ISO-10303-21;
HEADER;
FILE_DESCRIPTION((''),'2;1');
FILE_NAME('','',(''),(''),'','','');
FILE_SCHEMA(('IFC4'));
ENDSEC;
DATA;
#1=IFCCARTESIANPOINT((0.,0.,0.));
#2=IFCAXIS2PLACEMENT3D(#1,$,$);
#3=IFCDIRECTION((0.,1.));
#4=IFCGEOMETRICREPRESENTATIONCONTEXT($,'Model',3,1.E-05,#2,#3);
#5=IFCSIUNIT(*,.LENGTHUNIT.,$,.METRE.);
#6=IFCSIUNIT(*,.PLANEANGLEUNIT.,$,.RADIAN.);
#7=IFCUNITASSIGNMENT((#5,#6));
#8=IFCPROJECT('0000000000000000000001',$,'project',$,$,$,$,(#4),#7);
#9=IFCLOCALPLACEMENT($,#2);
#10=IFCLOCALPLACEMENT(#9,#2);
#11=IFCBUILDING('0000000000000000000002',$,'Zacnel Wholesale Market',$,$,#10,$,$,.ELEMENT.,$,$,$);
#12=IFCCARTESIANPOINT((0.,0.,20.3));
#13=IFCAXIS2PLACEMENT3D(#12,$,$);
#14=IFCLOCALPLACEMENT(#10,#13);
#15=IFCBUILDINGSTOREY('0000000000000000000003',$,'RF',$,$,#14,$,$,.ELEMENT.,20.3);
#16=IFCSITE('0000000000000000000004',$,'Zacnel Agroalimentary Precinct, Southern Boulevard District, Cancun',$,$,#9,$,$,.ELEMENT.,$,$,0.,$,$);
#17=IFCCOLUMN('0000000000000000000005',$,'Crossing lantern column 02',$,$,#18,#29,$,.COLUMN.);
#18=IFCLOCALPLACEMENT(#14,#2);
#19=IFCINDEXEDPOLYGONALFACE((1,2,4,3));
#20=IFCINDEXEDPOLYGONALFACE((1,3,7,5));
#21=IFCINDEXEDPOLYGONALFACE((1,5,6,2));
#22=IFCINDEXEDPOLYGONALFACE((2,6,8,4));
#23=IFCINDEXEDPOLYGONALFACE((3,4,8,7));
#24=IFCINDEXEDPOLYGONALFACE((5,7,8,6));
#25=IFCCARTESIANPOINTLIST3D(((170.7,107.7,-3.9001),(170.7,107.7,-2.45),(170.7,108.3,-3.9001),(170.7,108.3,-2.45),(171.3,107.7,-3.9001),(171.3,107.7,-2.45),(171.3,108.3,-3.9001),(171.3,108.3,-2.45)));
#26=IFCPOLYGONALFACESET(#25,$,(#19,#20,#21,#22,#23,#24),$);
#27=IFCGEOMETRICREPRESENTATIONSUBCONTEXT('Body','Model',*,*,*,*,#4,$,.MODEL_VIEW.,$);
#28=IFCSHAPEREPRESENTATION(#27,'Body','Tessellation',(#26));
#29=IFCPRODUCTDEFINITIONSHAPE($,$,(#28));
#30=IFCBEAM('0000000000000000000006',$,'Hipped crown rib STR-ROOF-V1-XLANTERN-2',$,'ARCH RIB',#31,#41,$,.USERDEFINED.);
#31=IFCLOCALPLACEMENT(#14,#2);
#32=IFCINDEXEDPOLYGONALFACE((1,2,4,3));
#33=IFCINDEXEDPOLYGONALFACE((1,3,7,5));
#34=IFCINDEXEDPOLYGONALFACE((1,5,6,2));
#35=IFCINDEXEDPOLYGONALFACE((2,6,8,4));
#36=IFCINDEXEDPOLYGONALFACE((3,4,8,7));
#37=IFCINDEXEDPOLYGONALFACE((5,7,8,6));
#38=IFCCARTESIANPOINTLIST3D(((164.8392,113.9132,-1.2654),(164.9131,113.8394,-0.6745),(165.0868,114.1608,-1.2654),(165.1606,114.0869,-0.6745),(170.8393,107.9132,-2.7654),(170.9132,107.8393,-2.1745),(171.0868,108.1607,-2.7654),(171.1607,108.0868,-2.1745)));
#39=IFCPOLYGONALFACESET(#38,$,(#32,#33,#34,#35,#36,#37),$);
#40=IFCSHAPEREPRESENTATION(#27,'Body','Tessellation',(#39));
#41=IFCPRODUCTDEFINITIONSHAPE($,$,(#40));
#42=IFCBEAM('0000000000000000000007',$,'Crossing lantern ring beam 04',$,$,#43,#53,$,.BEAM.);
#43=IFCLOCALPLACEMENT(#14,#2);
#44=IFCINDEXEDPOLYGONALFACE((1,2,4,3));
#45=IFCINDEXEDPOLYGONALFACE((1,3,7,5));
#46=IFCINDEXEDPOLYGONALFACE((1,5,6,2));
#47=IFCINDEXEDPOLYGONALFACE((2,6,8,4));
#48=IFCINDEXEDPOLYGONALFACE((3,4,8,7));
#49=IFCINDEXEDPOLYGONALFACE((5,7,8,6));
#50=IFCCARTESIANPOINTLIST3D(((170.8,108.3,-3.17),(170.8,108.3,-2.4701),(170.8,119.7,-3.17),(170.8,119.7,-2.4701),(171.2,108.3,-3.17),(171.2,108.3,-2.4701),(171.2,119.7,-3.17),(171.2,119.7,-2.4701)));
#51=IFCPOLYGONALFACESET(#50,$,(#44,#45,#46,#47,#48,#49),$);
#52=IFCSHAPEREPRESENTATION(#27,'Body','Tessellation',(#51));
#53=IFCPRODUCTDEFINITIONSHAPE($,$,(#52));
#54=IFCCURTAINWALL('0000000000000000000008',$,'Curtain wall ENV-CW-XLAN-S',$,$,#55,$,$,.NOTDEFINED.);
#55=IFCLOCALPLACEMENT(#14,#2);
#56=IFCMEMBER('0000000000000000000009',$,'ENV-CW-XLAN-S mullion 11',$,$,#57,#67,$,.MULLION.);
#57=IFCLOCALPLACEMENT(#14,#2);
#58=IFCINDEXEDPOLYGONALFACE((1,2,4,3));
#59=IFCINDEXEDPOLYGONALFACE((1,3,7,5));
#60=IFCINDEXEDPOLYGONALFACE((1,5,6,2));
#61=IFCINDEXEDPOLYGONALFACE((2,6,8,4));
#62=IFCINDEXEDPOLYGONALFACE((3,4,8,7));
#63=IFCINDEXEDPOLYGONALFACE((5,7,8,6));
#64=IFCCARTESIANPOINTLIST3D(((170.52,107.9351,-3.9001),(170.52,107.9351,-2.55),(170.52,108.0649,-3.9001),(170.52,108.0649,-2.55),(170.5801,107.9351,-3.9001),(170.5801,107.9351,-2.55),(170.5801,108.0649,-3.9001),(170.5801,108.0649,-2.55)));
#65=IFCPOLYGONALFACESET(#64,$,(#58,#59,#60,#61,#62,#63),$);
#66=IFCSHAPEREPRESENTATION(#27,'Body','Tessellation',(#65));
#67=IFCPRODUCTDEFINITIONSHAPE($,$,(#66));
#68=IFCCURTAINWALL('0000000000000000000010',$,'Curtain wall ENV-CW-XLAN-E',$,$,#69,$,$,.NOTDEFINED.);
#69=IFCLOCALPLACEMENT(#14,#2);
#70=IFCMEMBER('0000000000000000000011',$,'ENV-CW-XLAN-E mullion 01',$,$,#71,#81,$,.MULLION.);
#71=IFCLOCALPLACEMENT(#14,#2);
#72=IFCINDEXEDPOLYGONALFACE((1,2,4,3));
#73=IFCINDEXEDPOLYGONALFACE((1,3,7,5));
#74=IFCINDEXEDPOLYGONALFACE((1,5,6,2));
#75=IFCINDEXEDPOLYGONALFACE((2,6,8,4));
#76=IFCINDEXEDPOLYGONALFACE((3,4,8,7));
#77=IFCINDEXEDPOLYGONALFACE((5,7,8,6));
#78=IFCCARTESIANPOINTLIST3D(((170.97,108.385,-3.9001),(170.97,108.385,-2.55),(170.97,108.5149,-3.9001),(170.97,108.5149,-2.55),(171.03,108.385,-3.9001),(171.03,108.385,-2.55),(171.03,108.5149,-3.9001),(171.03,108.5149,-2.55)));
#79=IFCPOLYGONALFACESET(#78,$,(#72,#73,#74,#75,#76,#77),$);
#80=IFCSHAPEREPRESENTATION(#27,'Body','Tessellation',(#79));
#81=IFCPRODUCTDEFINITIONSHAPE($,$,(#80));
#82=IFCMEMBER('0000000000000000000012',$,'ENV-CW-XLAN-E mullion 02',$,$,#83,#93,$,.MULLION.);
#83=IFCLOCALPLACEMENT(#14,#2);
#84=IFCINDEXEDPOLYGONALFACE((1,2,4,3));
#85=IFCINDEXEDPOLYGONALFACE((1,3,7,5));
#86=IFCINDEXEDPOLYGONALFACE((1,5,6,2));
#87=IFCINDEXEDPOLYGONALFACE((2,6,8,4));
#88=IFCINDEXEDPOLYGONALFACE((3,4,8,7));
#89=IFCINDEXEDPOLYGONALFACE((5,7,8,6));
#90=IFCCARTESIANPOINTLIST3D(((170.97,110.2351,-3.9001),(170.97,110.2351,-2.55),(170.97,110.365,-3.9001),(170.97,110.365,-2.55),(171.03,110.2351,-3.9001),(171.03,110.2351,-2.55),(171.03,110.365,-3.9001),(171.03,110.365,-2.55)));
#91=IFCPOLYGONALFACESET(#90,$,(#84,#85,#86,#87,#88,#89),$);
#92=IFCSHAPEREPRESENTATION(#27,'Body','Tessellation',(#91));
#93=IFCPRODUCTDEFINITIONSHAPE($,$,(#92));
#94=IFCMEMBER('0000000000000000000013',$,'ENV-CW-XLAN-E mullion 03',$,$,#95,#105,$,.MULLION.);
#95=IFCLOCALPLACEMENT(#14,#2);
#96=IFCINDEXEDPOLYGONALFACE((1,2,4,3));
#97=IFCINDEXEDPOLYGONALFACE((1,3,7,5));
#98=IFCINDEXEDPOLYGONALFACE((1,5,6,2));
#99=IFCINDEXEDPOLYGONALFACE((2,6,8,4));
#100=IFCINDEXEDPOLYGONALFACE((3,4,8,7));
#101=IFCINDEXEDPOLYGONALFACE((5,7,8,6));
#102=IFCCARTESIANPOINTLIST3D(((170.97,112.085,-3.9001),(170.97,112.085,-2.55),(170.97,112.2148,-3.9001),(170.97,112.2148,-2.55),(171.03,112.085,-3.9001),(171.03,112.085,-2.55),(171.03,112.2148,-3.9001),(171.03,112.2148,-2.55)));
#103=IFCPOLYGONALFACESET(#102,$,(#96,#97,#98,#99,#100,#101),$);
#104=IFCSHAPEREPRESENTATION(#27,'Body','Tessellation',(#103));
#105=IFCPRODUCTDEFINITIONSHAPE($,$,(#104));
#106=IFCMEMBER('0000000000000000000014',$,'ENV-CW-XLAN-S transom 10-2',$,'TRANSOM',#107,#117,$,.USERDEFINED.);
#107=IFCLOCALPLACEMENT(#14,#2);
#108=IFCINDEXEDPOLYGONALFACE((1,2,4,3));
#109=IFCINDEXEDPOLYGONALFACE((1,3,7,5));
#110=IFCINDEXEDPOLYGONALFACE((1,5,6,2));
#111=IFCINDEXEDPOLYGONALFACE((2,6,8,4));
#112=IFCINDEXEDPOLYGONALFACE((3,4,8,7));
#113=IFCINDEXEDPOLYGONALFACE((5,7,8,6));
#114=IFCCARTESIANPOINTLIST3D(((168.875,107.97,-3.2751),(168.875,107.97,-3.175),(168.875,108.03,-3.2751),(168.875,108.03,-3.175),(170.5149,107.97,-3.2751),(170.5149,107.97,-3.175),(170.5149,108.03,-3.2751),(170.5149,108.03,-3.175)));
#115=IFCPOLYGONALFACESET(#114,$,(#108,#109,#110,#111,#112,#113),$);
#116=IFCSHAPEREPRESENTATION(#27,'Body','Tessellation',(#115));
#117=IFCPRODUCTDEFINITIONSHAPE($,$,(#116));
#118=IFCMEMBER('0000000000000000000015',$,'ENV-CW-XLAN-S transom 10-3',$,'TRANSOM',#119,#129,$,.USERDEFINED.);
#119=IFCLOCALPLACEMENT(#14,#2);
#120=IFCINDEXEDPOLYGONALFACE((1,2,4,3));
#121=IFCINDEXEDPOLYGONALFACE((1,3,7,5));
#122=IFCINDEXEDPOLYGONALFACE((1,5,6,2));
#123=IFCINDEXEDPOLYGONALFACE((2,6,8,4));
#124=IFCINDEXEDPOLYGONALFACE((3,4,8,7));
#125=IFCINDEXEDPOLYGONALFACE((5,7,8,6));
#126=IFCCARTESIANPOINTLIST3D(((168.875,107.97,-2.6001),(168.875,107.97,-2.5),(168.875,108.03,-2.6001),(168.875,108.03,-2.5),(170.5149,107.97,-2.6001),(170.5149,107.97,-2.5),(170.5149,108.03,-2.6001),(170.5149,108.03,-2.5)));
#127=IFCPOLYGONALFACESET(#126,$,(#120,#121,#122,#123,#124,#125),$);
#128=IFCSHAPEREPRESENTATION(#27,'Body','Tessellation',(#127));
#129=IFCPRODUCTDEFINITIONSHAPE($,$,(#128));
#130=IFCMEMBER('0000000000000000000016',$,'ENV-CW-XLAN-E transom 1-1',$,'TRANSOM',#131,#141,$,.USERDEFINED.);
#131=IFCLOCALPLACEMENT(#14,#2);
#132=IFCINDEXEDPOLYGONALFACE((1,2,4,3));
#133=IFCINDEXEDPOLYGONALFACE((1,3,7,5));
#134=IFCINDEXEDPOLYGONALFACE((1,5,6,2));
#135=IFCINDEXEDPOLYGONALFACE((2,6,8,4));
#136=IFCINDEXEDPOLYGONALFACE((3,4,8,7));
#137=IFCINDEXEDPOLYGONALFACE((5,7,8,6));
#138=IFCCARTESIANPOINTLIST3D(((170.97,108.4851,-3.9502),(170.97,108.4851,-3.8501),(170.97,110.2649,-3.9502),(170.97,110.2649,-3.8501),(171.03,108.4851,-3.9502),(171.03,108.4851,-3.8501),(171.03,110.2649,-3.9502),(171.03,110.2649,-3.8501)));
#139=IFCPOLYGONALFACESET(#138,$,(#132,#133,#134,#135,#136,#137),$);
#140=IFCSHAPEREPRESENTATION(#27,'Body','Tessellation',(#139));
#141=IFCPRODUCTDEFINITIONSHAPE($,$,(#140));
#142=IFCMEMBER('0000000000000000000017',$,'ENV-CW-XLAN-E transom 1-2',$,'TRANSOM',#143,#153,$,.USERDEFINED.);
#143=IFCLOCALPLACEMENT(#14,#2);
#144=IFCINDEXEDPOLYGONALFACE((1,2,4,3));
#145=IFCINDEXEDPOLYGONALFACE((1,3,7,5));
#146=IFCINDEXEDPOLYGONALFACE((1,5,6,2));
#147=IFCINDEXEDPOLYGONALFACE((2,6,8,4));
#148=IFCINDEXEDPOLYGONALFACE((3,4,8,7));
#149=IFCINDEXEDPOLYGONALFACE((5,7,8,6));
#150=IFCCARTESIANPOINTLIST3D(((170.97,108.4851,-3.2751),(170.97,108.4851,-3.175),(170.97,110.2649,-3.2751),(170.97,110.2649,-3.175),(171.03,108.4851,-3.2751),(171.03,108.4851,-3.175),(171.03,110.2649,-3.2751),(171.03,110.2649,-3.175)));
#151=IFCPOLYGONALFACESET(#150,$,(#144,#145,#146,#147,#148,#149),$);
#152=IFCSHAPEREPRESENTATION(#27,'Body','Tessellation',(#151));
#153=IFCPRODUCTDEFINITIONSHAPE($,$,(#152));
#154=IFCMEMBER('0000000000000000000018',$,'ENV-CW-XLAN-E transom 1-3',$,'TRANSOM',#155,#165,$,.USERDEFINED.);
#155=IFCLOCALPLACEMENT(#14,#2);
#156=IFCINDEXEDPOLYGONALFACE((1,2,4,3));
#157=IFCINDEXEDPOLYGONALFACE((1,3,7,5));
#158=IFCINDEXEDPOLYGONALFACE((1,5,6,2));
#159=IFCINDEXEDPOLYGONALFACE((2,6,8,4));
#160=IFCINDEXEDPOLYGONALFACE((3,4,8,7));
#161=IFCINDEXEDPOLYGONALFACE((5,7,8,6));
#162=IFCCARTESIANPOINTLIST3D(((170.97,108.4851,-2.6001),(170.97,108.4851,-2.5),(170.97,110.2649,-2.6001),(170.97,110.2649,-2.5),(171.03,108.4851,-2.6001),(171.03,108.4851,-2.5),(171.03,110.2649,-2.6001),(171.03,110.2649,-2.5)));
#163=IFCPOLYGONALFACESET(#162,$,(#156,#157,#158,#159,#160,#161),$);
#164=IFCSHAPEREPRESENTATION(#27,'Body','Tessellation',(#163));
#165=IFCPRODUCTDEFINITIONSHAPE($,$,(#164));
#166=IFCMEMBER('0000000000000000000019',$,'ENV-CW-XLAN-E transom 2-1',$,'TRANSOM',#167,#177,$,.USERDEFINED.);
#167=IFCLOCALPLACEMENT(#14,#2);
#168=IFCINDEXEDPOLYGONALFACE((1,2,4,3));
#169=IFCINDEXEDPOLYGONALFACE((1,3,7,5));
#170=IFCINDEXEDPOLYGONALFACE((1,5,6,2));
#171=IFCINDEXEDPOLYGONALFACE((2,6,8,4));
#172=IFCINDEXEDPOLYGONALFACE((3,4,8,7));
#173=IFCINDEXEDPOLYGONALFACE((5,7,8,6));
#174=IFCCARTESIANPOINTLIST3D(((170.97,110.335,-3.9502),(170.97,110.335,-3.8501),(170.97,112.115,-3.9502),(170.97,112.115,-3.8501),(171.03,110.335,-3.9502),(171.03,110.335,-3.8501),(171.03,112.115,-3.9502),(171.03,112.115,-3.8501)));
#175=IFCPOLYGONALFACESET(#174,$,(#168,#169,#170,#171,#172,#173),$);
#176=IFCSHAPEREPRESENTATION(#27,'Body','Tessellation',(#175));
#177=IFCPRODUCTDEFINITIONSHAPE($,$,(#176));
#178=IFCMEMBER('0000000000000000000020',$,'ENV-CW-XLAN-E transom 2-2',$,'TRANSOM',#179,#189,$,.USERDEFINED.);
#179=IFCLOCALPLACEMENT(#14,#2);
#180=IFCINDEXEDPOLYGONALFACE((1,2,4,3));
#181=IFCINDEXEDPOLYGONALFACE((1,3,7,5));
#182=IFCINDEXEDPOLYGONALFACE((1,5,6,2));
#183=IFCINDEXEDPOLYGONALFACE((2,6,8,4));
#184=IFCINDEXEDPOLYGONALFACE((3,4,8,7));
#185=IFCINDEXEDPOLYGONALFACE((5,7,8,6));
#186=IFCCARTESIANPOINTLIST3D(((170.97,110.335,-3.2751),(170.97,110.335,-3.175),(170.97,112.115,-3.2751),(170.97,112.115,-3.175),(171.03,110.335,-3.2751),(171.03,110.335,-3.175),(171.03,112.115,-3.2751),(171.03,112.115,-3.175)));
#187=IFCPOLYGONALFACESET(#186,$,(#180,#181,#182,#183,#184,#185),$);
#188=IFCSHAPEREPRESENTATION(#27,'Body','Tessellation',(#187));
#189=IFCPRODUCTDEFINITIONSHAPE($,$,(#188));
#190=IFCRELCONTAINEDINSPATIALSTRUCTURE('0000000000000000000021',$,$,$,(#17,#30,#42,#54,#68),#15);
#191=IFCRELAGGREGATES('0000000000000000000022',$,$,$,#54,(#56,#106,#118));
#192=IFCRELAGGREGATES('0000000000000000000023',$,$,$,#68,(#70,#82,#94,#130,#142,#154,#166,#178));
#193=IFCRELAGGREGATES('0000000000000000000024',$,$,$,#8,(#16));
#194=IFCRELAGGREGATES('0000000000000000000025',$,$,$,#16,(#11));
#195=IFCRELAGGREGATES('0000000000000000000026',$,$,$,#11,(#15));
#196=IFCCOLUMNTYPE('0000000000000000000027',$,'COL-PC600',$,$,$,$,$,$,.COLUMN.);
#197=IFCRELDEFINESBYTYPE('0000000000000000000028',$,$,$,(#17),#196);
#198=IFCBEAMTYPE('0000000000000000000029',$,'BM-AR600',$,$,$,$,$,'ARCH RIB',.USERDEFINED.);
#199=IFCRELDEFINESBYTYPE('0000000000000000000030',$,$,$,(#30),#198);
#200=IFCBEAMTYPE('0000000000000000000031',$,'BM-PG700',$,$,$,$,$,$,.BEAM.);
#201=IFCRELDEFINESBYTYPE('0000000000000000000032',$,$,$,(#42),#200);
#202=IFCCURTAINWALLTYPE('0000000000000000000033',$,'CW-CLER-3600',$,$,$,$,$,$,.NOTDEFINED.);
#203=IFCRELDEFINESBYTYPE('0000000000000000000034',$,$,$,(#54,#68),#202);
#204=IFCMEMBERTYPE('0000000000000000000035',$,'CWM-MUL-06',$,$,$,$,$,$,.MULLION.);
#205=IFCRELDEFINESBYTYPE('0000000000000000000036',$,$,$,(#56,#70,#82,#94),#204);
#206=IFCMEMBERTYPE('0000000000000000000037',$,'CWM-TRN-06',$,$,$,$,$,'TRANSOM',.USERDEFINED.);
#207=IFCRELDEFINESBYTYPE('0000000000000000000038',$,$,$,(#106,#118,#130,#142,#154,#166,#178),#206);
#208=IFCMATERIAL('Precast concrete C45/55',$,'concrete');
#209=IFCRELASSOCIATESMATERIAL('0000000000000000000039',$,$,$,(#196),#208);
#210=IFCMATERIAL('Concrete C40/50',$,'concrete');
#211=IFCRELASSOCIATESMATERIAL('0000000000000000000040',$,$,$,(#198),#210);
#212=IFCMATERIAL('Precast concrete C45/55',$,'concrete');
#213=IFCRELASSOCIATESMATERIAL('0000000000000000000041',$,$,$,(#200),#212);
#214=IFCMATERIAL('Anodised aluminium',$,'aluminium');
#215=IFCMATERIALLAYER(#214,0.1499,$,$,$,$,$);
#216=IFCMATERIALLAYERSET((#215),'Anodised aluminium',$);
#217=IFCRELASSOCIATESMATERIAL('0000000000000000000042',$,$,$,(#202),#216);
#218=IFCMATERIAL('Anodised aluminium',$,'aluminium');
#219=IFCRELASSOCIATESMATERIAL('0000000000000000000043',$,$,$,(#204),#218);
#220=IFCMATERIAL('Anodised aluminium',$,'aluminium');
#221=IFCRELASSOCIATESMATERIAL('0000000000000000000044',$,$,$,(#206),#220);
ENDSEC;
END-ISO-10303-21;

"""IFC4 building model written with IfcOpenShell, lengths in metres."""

from ifc_helpers import new_model, si_unit, direction, frame, origin, origin_2d, place, context, subcontext, project, spatial, rectangle, extrude, material, layer, layer_set, material_profile, profile_set, type_object, element, aggregate, save


model = new_model("IFC4")

# Units and contexts
model_context = context("Model", 3, precision=1e-05, world=origin(), true_north=direction((0.0, 1.0)))
body_context = subcontext(model_context, "Body", "Model", "MODEL_VIEW")
ifc_project = project(units=[si_unit("LENGTHUNIT", "METRE"), si_unit("PLANEANGLEUNIT", "RADIAN")], contexts=[model_context])

# Site, building, storey
site_placement = place(None, origin())
site = spatial("IfcSite", under=ifc_project, at=site_placement, Name="Zacnel Agroalimentary Precinct, Southern Boulevard District, Cancun", CompositionType="ELEMENT", RefElevation=0.0)
building_placement = place(site_placement, origin())
building = spatial("IfcBuilding", under=site, at=building_placement, Name="Zacnel Wholesale Market", CompositionType="ELEMENT")
storey_placement = place(building_placement, frame((0.0, 0.0, 20.3)))
storey = spatial("IfcBuildingStorey", under=building, at=storey_placement, Name="RF", CompositionType="ELEMENT", Elevation=20.3)

# Column
ifc_material_1 = material(Name="Precast concrete C45/55", Category="concrete")
ifc_material_profile_1 = material_profile(ifc_material_1, rectangle(XDim=0.6001, YDim=0.6001, at=origin_2d()), Name="PC 600x600")
ifc_profile_set_1 = profile_set([ifc_material_profile_1], Name="Precast concrete C45/55")
column_type = type_object("IfcColumnType", Name="COL-PC600", PredefinedType="COLUMN", material=ifc_profile_set_1)
column_placement = place(storey_placement, frame((171.0, 108.0, -3.9001), z_axis=(0.0, 0.0, 1.0), x_axis=(1.0, 0.0, 0.0)))
element("IfcColumn", 1, at=column_placement, inside=storey, type_object=column_type, Name="Crossing lantern column 02", PredefinedType="COLUMN", context=body_context, shape_type="SweptSolid", body=[
    extrude(rectangle(XDim=0.6001, YDim=0.6001, at=origin_2d()), origin(), (0.0, 0.0, 1.0), 1.4502),
])

# Beams
ifc_material_2 = material(Name="Concrete C40/50", Category="concrete")
ifc_material_profile_2 = material_profile(ifc_material_2, rectangle(XDim=0.3501, YDim=0.6001, at=origin_2d()), Name="ARCH RIB 350x600")
ifc_profile_set_2 = profile_set([ifc_material_profile_2], Name="Concrete C40/50")
beam_type_1 = type_object("IfcBeamType", Name="BM-AR600", ElementType="ARCH RIB", PredefinedType="USERDEFINED", material=ifc_profile_set_2)
beam_1_placement = place(storey_placement, frame((171.0, 108.0, -2.47), z_axis=(-0.696311, 0.696311, 0.174078), x_axis=(-0.707107, -0.707107, 0.0)))
element("IfcBeam", 2, at=beam_1_placement, inside=storey, type_object=beam_type_1, Name="Hipped crown rib STR-ROOF-V1-XLANTERN-2", ObjectType="ARCH RIB", PredefinedType="USERDEFINED", context=body_context, shape_type="SweptSolid", body=[
    extrude(rectangle(XDim=0.3501, YDim=0.6001, at=origin_2d()), origin(), (0.0, 0.0, 1.0), 8.6169),
])
ifc_material_3 = material(Name="Precast concrete C45/55", Category="concrete")
ifc_material_profile_3 = material_profile(ifc_material_3, rectangle(XDim=0.3999, YDim=0.7, at=origin_2d()), Name="PG 400x700")
ifc_profile_set_3 = profile_set([ifc_material_profile_3], Name="Precast concrete C45/55")
beam_type_2 = type_object("IfcBeamType", Name="BM-PG700", PredefinedType="BEAM", material=ifc_profile_set_3)
beam_2_placement = place(storey_placement, frame((171.0, 108.3, -2.8201), z_axis=(0.0, 1.0, 0.0), x_axis=(-1.0, 0.0, 0.0)))
element("IfcBeam", 3, at=beam_2_placement, inside=storey, type_object=beam_type_2, Name="Crossing lantern ring beam 04", PredefinedType="BEAM", context=body_context, shape_type="SweptSolid", body=[
    extrude(rectangle(XDim=0.3999, YDim=0.7, at=origin_2d()), origin(), (0.0, 0.0, 1.0), 11.3999),
])

# Curtain wall, member
ifc_material_4 = material(Name="Anodised aluminium", Category="aluminium")
ifc_layer_1 = layer(ifc_material_4, 0.1499)
ifc_layer_set_1 = layer_set([ifc_layer_1], Name="Anodised aluminium")
curtain_wall_type = type_object("IfcCurtainWallType", Name="CW-CLER-3600", PredefinedType="NOTDEFINED", material=ifc_layer_set_1)
curtain_wall_1_placement = place(storey_placement, origin())
curtain_wall_1 = element("IfcCurtainWall", 4, at=curtain_wall_1_placement, inside=storey, type_object=curtain_wall_type, Name="Curtain wall ENV-CW-XLAN-S", PredefinedType="NOTDEFINED")
ifc_material_5 = material(Name="Anodised aluminium", Category="aluminium")
ifc_material_profile_4 = material_profile(ifc_material_5, rectangle(XDim=0.0601, YDim=0.1299, at=origin_2d()), Name="AW-MULLION 60x130")
ifc_profile_set_4 = profile_set([ifc_material_profile_4], Name="Anodised aluminium")
member_type_1 = type_object("IfcMemberType", Name="CWM-MUL-06", PredefinedType="MULLION", material=ifc_profile_set_4)
member_1_placement = place(storey_placement, frame((170.55, 108.0, -3.9001), z_axis=(0.0, 0.0, 1.0), x_axis=(1.0, 0.0, 0.0)))
member_1 = element("IfcMember", 5, at=member_1_placement, type_object=member_type_1, Name="ENV-CW-XLAN-S mullion 11", PredefinedType="MULLION", context=body_context, shape_type="SweptSolid", body=[
    extrude(rectangle(XDim=0.0601, YDim=0.1299, at=origin_2d()), origin(), (0.0, 0.0, 1.0), 1.3501),
])

# Curtain wall, members
curtain_wall_2_placement = place(storey_placement, origin())
curtain_wall_2 = element("IfcCurtainWall", 6, at=curtain_wall_2_placement, inside=storey, type_object=curtain_wall_type, Name="Curtain wall ENV-CW-XLAN-E", PredefinedType="NOTDEFINED")
member_2_placement = place(storey_placement, frame((171.0, 108.45, -3.9001), z_axis=(0.0, 0.0, 1.0), x_axis=(1.0, 0.0, 0.0)))
member_2 = element("IfcMember", 7, at=member_2_placement, type_object=member_type_1, Name="ENV-CW-XLAN-E mullion 01", PredefinedType="MULLION", context=body_context, shape_type="SweptSolid", body=[
    extrude(rectangle(XDim=0.0601, YDim=0.1299, at=origin_2d()), origin(), (0.0, 0.0, 1.0), 1.3501),
])
member_3_placement = place(storey_placement, frame((171.0, 110.3, -3.9001), z_axis=(0.0, 0.0, 1.0), x_axis=(1.0, 0.0, 0.0)))
member_3 = element("IfcMember", 8, at=member_3_placement, type_object=member_type_1, Name="ENV-CW-XLAN-E mullion 02", PredefinedType="MULLION", context=body_context, shape_type="SweptSolid", body=[
    extrude(rectangle(XDim=0.0601, YDim=0.1299, at=origin_2d()), origin(), (0.0, 0.0, 1.0), 1.3501),
])
member_4_placement = place(storey_placement, frame((171.0, 112.1499, -3.9001), z_axis=(0.0, 0.0, 1.0), x_axis=(1.0, 0.0, 0.0)))
member_4 = element("IfcMember", 9, at=member_4_placement, type_object=member_type_1, Name="ENV-CW-XLAN-E mullion 03", PredefinedType="MULLION", context=body_context, shape_type="SweptSolid", body=[
    extrude(rectangle(XDim=0.0601, YDim=0.1299, at=origin_2d()), origin(), (0.0, 0.0, 1.0), 1.3501),
])

# Members
ifc_material_6 = material(Name="Anodised aluminium", Category="aluminium")
ifc_material_profile_5 = material_profile(ifc_material_6, rectangle(XDim=0.0601, YDim=0.1001, at=origin_2d()), Name="AW-TRANSOM 60x100")
ifc_profile_set_5 = profile_set([ifc_material_profile_5], Name="Anodised aluminium")
member_type_2 = type_object("IfcMemberType", Name="CWM-TRN-06", ElementType="TRANSOM", PredefinedType="USERDEFINED", material=ifc_profile_set_5)
member_5_placement = place(storey_placement, frame((168.875, 108.0, -3.2251), z_axis=(1.0, 0.0, 0.0), x_axis=(0.0, 1.0, 0.0)))
member_5 = element("IfcMember", 10, at=member_5_placement, type_object=member_type_2, Name="ENV-CW-XLAN-S transom 10-2", ObjectType="TRANSOM", PredefinedType="USERDEFINED", context=body_context, shape_type="SweptSolid", body=[
    extrude(rectangle(XDim=0.0601, YDim=0.1001, at=origin_2d()), origin(), (0.0, 0.0, 1.0), 1.6399),
])
member_6_placement = place(storey_placement, frame((168.875, 108.0, -2.55), z_axis=(1.0, 0.0, 0.0), x_axis=(0.0, 1.0, 0.0)))
member_6 = element("IfcMember", 11, at=member_6_placement, type_object=member_type_2, Name="ENV-CW-XLAN-S transom 10-3", ObjectType="TRANSOM", PredefinedType="USERDEFINED", context=body_context, shape_type="SweptSolid", body=[
    extrude(rectangle(XDim=0.0601, YDim=0.1001, at=origin_2d()), origin(), (0.0, 0.0, 1.0), 1.6399),
])
member_7_placement = place(storey_placement, frame((171.0, 108.4851, -3.9001), z_axis=(0.0, 1.0, 0.0), x_axis=(-1.0, 0.0, 0.0)))
member_7 = element("IfcMember", 12, at=member_7_placement, type_object=member_type_2, Name="ENV-CW-XLAN-E transom 1-1", ObjectType="TRANSOM", PredefinedType="USERDEFINED", context=body_context, shape_type="SweptSolid", body=[
    extrude(rectangle(XDim=0.0601, YDim=0.1001, at=origin_2d()), origin(), (0.0, 0.0, 1.0), 1.7798),
])
member_8_placement = place(storey_placement, frame((171.0, 108.4851, -3.2251), z_axis=(0.0, 1.0, 0.0), x_axis=(-1.0, 0.0, 0.0)))
member_8 = element("IfcMember", 13, at=member_8_placement, type_object=member_type_2, Name="ENV-CW-XLAN-E transom 1-2", ObjectType="TRANSOM", PredefinedType="USERDEFINED", context=body_context, shape_type="SweptSolid", body=[
    extrude(rectangle(XDim=0.0601, YDim=0.1001, at=origin_2d()), origin(), (0.0, 0.0, 1.0), 1.7798),
])
member_9_placement = place(storey_placement, frame((171.0, 108.4851, -2.55), z_axis=(0.0, 1.0, 0.0), x_axis=(-1.0, 0.0, 0.0)))
member_9 = element("IfcMember", 14, at=member_9_placement, type_object=member_type_2, Name="ENV-CW-XLAN-E transom 1-3", ObjectType="TRANSOM", PredefinedType="USERDEFINED", context=body_context, shape_type="SweptSolid", body=[
    extrude(rectangle(XDim=0.0601, YDim=0.1001, at=origin_2d()), origin(), (0.0, 0.0, 1.0), 1.7798),
])
member_10_placement = place(storey_placement, frame((171.0, 110.335, -3.9001), z_axis=(0.0, 1.0, 0.0), x_axis=(-1.0, 0.0, 0.0)))
member_10 = element("IfcMember", 15, at=member_10_placement, type_object=member_type_2, Name="ENV-CW-XLAN-E transom 2-1", ObjectType="TRANSOM", PredefinedType="USERDEFINED", context=body_context, shape_type="SweptSolid", body=[
    extrude(rectangle(XDim=0.0601, YDim=0.1001, at=origin_2d()), origin(), (0.0, 0.0, 1.0), 1.78),
])
member_11_placement = place(storey_placement, frame((171.0, 110.335, -3.2251), z_axis=(0.0, 1.0, 0.0), x_axis=(-1.0, 0.0, 0.0)))
member_11 = element("IfcMember", 16, at=member_11_placement, type_object=member_type_2, Name="ENV-CW-XLAN-E transom 2-2", ObjectType="TRANSOM", PredefinedType="USERDEFINED", context=body_context, shape_type="SweptSolid", body=[
    extrude(rectangle(XDim=0.0601, YDim=0.1001, at=origin_2d()), origin(), (0.0, 0.0, 1.0), 1.78),
])

aggregate(curtain_wall_1, [member_1, member_5, member_6])
aggregate(curtain_wall_2, [member_2, member_3, member_4, member_7, member_8, member_9, member_10, member_11])

save(model, "model.ifc")
